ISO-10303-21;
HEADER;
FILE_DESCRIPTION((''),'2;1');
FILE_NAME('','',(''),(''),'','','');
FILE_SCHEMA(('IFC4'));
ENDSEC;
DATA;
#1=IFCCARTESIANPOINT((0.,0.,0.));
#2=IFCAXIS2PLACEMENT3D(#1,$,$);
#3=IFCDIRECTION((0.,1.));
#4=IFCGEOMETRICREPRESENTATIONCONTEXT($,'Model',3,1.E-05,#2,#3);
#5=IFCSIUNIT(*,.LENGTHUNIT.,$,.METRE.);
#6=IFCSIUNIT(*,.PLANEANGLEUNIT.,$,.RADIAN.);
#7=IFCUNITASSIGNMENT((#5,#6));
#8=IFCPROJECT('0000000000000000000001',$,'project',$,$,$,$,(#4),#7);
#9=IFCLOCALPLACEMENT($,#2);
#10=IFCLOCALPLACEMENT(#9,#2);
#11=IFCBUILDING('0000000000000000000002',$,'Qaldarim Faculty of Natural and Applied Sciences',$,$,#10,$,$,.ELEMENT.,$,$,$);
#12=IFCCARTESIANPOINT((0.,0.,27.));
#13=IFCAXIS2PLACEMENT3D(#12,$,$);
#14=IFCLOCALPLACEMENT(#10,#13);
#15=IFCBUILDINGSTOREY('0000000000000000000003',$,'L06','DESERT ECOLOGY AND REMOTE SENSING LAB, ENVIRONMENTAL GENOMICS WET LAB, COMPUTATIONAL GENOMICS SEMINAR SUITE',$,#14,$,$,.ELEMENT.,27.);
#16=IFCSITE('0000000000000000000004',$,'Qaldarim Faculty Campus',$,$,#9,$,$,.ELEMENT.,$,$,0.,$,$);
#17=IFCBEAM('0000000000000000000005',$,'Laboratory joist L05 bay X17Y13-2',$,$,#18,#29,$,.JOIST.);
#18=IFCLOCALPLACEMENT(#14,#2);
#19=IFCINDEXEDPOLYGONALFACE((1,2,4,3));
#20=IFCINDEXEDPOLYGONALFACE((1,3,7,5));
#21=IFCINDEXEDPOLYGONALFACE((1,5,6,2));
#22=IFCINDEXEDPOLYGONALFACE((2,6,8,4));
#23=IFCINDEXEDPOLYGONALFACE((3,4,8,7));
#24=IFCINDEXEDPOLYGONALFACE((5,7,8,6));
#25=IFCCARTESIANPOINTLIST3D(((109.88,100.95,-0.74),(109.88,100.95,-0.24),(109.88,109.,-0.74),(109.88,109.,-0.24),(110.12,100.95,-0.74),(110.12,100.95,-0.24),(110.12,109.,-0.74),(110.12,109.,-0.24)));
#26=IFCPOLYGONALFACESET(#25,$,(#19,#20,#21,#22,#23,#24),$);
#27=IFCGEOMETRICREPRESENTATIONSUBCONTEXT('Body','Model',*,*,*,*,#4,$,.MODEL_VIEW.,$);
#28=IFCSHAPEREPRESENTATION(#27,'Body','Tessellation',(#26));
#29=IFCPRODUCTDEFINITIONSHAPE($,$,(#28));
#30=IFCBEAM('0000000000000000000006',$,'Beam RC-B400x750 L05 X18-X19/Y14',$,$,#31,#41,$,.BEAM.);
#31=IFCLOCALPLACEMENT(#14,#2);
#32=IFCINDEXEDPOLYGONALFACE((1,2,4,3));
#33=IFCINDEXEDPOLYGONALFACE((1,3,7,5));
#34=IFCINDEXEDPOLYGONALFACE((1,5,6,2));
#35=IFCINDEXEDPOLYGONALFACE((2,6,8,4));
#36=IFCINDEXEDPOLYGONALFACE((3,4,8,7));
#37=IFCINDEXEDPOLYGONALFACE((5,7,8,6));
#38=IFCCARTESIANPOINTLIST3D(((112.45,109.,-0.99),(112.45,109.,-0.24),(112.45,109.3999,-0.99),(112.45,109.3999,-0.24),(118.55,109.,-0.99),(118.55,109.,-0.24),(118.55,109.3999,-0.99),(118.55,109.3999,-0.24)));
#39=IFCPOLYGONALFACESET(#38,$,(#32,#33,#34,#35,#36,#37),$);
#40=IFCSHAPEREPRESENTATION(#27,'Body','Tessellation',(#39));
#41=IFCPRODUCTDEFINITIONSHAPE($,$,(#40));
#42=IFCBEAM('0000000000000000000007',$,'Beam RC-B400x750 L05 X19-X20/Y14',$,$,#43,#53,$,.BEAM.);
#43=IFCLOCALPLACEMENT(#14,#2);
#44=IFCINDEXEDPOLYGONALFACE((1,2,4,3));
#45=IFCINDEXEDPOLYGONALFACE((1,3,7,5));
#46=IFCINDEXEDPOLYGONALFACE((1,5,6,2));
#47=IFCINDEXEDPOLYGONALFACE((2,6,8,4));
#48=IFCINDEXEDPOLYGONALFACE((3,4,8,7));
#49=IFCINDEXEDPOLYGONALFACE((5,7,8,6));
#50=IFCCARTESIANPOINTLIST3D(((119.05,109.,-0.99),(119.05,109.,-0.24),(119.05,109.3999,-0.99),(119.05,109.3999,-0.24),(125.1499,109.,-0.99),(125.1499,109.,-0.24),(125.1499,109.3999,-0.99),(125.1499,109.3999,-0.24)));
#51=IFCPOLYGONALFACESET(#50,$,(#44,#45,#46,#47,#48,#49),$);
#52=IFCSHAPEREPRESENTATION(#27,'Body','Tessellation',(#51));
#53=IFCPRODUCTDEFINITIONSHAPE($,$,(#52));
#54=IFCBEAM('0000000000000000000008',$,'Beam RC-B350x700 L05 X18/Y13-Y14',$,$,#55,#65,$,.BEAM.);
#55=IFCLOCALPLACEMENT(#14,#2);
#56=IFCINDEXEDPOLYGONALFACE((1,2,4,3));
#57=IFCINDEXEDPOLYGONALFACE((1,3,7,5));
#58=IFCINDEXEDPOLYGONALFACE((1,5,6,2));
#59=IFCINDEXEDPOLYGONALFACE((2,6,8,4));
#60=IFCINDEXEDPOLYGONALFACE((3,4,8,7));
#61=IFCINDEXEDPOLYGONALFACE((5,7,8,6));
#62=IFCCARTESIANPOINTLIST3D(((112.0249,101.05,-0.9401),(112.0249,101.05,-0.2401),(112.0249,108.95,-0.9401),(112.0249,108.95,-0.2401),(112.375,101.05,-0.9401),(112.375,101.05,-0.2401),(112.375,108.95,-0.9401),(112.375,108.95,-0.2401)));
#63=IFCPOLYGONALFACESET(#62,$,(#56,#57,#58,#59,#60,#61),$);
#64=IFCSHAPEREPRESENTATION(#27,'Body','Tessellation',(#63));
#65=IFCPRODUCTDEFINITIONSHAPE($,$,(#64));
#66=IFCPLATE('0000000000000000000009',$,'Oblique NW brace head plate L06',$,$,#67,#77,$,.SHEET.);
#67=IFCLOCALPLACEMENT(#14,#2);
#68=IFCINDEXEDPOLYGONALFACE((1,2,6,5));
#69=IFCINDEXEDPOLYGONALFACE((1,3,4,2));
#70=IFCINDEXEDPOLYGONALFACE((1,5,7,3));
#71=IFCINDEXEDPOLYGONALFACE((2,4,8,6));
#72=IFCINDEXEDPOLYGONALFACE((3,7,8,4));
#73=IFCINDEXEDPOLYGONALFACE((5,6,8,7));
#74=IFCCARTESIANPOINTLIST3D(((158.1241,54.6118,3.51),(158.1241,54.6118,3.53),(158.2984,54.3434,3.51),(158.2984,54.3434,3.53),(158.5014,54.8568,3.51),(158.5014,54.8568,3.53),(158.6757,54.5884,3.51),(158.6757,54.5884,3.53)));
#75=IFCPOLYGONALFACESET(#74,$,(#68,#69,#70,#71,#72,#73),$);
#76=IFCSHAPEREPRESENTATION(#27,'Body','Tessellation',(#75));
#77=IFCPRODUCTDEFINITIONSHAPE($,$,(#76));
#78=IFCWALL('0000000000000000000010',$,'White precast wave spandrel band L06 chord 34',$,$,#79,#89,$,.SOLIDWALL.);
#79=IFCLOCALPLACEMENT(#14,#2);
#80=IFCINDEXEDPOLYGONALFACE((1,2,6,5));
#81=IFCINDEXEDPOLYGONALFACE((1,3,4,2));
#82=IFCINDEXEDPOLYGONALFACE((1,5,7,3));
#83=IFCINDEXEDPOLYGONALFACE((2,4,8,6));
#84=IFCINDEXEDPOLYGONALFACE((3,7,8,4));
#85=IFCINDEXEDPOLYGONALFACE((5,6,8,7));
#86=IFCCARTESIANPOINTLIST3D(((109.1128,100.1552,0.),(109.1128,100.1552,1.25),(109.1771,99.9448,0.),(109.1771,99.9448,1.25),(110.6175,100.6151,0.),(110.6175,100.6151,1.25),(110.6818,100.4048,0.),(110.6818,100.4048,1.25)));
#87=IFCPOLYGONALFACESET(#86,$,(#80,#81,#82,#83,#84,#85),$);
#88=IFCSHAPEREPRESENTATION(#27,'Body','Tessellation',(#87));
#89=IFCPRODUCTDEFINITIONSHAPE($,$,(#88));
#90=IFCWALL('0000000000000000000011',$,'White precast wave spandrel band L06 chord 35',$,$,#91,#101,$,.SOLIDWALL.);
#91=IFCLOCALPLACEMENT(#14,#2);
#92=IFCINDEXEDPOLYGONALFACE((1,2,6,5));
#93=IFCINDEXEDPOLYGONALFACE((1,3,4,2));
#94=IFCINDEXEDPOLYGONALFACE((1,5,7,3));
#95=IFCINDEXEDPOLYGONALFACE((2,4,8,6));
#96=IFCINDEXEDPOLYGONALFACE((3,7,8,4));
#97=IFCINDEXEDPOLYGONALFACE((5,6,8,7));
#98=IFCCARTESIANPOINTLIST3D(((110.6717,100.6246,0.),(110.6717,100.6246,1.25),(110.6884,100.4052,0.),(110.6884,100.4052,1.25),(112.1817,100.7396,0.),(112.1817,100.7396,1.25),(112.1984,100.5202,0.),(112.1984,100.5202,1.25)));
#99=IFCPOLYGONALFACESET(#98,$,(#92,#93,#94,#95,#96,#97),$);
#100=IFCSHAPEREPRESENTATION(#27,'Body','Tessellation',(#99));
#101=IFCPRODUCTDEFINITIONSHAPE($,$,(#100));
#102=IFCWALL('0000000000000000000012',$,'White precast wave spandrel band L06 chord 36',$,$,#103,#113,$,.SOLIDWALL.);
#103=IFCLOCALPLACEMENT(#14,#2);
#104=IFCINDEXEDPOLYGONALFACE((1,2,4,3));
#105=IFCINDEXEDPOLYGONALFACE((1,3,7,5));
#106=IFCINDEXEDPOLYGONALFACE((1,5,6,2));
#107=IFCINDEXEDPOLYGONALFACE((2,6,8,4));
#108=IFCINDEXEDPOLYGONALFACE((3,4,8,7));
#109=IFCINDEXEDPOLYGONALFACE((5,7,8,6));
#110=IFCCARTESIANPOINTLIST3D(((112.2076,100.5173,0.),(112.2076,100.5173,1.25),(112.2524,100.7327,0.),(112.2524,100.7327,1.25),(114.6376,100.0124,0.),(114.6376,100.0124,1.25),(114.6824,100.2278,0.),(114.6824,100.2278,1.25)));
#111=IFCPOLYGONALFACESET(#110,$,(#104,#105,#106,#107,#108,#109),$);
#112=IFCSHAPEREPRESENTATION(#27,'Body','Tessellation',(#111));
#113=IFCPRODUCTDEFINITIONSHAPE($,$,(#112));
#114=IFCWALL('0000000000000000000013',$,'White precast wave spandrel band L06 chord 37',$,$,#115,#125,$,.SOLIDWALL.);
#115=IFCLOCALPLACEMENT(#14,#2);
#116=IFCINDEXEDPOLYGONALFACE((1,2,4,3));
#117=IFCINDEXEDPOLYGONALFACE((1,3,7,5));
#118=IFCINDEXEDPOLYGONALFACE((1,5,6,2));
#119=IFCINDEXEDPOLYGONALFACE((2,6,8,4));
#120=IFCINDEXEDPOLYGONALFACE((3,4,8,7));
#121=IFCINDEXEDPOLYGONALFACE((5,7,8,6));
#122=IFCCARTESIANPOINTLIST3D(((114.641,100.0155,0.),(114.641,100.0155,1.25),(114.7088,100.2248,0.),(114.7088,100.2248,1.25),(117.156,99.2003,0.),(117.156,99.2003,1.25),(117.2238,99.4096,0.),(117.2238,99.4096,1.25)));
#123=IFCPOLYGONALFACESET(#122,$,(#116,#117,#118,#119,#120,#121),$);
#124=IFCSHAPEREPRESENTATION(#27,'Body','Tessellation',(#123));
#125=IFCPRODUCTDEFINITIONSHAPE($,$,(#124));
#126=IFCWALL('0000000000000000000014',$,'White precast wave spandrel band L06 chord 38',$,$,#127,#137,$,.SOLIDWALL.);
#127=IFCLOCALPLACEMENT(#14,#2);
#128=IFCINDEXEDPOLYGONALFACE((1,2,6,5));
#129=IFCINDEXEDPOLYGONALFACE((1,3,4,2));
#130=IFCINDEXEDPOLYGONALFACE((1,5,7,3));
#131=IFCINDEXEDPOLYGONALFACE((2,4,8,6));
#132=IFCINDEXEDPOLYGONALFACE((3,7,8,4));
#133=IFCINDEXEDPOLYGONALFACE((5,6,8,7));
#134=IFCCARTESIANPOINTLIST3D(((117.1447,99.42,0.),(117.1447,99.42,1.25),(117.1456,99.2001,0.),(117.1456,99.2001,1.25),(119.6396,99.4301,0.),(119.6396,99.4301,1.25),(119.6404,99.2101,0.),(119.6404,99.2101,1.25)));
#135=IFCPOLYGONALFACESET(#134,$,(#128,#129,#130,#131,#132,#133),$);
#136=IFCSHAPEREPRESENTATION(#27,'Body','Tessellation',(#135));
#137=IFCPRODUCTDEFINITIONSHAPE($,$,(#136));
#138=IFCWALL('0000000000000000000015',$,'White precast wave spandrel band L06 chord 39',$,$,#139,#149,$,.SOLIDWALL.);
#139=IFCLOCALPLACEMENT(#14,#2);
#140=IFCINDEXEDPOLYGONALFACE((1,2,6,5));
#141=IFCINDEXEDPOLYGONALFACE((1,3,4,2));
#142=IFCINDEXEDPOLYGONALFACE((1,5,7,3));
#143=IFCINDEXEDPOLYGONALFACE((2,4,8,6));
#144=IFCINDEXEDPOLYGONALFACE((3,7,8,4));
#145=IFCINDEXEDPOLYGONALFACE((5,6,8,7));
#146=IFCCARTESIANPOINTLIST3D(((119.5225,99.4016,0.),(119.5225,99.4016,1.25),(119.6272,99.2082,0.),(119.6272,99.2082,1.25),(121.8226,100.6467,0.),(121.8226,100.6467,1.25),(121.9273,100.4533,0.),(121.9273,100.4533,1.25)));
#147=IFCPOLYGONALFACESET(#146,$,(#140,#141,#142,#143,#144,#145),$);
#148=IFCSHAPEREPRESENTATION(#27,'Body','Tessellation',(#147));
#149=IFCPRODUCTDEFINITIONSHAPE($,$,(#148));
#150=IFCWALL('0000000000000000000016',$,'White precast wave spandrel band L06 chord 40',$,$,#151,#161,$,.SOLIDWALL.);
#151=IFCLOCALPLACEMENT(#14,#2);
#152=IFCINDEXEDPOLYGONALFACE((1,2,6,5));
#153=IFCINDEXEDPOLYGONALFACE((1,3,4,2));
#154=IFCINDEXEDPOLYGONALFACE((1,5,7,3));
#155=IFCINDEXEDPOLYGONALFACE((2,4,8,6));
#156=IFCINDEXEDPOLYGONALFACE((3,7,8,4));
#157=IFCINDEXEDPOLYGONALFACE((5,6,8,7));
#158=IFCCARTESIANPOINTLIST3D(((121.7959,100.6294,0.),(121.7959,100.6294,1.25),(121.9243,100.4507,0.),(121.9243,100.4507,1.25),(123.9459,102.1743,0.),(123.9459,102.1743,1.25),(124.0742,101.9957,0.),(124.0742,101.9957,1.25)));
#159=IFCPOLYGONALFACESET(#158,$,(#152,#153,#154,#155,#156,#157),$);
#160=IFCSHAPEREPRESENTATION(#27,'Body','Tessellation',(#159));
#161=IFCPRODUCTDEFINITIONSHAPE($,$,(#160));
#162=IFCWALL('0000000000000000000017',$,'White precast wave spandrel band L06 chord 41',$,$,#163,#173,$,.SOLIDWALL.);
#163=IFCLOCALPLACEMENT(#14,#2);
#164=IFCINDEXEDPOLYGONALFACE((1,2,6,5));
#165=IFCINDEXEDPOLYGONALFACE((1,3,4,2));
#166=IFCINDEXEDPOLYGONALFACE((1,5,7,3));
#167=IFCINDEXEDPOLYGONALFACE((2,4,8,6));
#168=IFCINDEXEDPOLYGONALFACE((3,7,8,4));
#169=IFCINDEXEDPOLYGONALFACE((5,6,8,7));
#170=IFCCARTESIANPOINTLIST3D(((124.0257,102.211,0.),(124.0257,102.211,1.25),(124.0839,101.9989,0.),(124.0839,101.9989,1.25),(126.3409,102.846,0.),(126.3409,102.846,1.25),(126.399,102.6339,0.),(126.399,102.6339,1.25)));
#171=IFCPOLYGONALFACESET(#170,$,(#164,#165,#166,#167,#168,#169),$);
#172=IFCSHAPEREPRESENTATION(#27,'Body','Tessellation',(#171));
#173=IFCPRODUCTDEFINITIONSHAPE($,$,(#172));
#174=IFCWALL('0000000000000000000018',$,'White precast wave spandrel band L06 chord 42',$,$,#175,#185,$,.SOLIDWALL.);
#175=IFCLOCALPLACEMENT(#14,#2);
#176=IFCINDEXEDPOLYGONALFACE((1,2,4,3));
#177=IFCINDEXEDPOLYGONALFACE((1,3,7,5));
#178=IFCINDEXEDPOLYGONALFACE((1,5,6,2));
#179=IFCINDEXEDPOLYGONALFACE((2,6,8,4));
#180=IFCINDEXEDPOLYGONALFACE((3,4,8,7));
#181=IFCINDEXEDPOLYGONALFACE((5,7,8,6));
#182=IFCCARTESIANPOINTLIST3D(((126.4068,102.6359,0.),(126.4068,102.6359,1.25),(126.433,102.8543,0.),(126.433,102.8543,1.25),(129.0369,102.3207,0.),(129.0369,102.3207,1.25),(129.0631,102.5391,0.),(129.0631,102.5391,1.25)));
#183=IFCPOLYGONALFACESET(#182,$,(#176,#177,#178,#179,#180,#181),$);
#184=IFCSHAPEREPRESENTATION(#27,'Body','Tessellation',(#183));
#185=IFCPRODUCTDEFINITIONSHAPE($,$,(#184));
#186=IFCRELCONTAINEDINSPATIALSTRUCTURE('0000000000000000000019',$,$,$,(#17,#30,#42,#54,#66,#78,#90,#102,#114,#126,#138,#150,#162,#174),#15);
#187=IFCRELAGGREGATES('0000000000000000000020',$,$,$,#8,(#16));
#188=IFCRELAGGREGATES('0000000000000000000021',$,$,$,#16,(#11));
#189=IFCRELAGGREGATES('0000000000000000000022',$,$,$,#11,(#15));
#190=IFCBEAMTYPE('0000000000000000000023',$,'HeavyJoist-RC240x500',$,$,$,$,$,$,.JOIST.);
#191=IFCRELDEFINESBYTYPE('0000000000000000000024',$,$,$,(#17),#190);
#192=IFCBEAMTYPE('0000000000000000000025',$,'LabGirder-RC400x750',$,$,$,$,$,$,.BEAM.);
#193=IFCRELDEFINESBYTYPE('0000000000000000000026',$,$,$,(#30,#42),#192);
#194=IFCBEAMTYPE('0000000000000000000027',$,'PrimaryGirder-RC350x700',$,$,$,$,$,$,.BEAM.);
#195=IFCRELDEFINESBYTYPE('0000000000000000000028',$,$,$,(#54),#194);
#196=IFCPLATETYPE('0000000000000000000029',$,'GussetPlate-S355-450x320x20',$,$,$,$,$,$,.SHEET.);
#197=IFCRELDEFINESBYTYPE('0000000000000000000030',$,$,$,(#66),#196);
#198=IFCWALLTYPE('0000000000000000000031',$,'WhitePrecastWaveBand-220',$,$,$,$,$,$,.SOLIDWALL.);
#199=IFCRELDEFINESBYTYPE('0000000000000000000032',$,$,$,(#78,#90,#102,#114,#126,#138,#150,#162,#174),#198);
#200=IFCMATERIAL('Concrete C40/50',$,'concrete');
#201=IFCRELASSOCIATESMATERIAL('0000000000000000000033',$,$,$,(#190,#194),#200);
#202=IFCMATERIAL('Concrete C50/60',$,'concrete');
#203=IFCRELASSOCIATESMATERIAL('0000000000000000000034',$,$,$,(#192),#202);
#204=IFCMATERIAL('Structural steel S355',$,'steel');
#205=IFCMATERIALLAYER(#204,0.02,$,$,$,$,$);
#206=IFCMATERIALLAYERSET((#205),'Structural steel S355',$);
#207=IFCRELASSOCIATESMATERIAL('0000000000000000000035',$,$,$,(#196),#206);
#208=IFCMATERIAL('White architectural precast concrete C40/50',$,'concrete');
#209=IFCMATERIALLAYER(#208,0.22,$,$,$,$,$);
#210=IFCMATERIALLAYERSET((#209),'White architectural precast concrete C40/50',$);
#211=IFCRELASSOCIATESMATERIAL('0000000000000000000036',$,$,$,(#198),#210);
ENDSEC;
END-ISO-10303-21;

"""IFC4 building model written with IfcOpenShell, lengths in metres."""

from ifc_helpers import new_model, si_unit, direction, frame, frame_2d, origin, origin_2d, place, context, subcontext, project, spatial, rectangle, extrude, material, layer, layer_set, material_profile, profile_set, type_object, element, save


model = new_model("IFC4")

# Units and contexts
model_context = context("Model", 3, precision=1e-05, world=origin(), true_north=direction((0.0, 1.0)))
body_context = subcontext(model_context, "Body", "Model", "MODEL_VIEW")
ifc_project = project(units=[si_unit("LENGTHUNIT", "METRE"), si_unit("PLANEANGLEUNIT", "RADIAN")], contexts=[model_context])

# Site, building, storey
site_placement = place(None, origin())
site = spatial("IfcSite", under=ifc_project, at=site_placement, Name="Qaldarim Faculty Campus", CompositionType="ELEMENT", RefElevation=0.0)
building_placement = place(site_placement, origin())
building = spatial("IfcBuilding", under=site, at=building_placement, Name="Qaldarim Faculty of Natural and Applied Sciences", CompositionType="ELEMENT")
storey_placement = place(building_placement, frame((0.0, 0.0, 27.0)))
storey = spatial("IfcBuildingStorey", under=building, at=storey_placement, Name="L06", Description="DESERT ECOLOGY AND REMOTE SENSING LAB, ENVIRONMENTAL GENOMICS WET LAB, COMPUTATIONAL GENOMICS SEMINAR SUITE", CompositionType="ELEMENT", Elevation=27.0)

# Beams
ifc_material_1 = material(Name="Concrete C40/50", Category="concrete")
ifc_material_profile_1 = material_profile(ifc_material_1, rectangle(XDim=0.24, YDim=0.5, at=origin_2d()), Name="RC-J240x500")
ifc_profile_set_1 = profile_set([ifc_material_profile_1], Name="Concrete C40/50")
beam_type_1 = type_object("IfcBeamType", Name="HeavyJoist-RC240x500", PredefinedType="JOIST", material=ifc_profile_set_1)
beam_1_placement = place(storey_placement, frame((110.0, 100.95, -0.49), z_axis=(0.0, 1.0, 0.0), x_axis=(-1.0, 0.0, 0.0)))
element("IfcBeam", 1, at=beam_1_placement, inside=storey, type_object=beam_type_1, Name="Laboratory joist L05 bay X17Y13-2", PredefinedType="JOIST", context=body_context, shape_type="SweptSolid", body=[
    extrude(rectangle(XDim=0.24, YDim=0.5, at=origin_2d()), origin(), (0.0, 0.0, 1.0), 8.05),
])
ifc_material_2 = material(Name="Concrete C50/60", Category="concrete")
ifc_material_profile_2 = material_profile(ifc_material_2, rectangle(XDim=0.3999, YDim=0.75, at=origin_2d()), Name="RC-B400x750")
ifc_profile_set_2 = profile_set([ifc_material_profile_2], Name="Concrete C50/60")
beam_type_2 = type_object("IfcBeamType", Name="LabGirder-RC400x750", PredefinedType="BEAM", material=ifc_profile_set_2)
beam_2_placement = place(storey_placement, frame((112.45, 109.2, -0.615), z_axis=(1.0, 0.0, 0.0), x_axis=(0.0, 1.0, 0.0)))
element("IfcBeam", 2, at=beam_2_placement, inside=storey, type_object=beam_type_2, Name="Beam RC-B400x750 L05 X18-X19/Y14", PredefinedType="BEAM", context=body_context, shape_type="SweptSolid", body=[
    extrude(rectangle(XDim=0.3999, YDim=0.75, at=origin_2d()), origin(), (0.0, 0.0, 1.0), 6.1001),
])
beam_3_placement = place(storey_placement, frame((119.05, 109.2, -0.615), z_axis=(1.0, 0.0, 0.0), x_axis=(0.0, 1.0, 0.0)))
element("IfcBeam", 3, at=beam_3_placement, inside=storey, type_object=beam_type_2, Name="Beam RC-B400x750 L05 X19-X20/Y14", PredefinedType="BEAM", context=body_context, shape_type="SweptSolid", body=[
    extrude(rectangle(XDim=0.3999, YDim=0.75, at=origin_2d()), origin(), (0.0, 0.0, 1.0), 6.0999),
])
ifc_material_profile_3 = material_profile(ifc_material_1, rectangle(XDim=0.3501, YDim=0.7, at=origin_2d()), Name="RC-B350x700")
ifc_profile_set_3 = profile_set([ifc_material_profile_3], Name="Concrete C40/50")
beam_type_3 = type_object("IfcBeamType", Name="PrimaryGirder-RC350x700", PredefinedType="BEAM", material=ifc_profile_set_3)
beam_4_placement = place(storey_placement, frame((112.2, 101.05, -0.5901), z_axis=(0.0, 1.0, 0.0), x_axis=(-1.0, 0.0, 0.0)))
element("IfcBeam", 4, at=beam_4_placement, inside=storey, type_object=beam_type_3, Name="Beam RC-B350x700 L05 X18/Y13-Y14", PredefinedType="BEAM", context=body_context, shape_type="SweptSolid", body=[
    extrude(rectangle(XDim=0.3501, YDim=0.7, at=origin_2d()), origin(), (0.0, 0.0, 1.0), 7.8999),
])

# Plate
ifc_material_3 = material(Name="Structural steel S355", Category="steel")
ifc_layer_1 = layer(ifc_material_3, 0.02)
ifc_layer_set_1 = layer_set([ifc_layer_1], Name="Structural steel S355")
plate_type = type_object("IfcPlateType", Name="GussetPlate-S355-450x320x20", PredefinedType="SHEET", material=ifc_layer_set_1)
plate_placement = place(storey_placement, frame((158.3999, 54.6001, 3.51), z_axis=(0.0, 0.0, 1.0), x_axis=(0.838671, 0.544639, 0.0)))
element("IfcPlate", 5, at=plate_placement, inside=storey, type_object=plate_type, Name="Oblique NW brace head plate L06", PredefinedType="SHEET", context=body_context, shape_type="SweptSolid", body=[
    extrude(rectangle(XDim=0.45, YDim=0.3201, at=origin_2d()), origin(), (0.0, 0.0, 1.0), 0.02),
])

# Walls
ifc_material_4 = material(Name="White architectural precast concrete C40/50", Category="concrete")
ifc_layer_2 = layer(ifc_material_4, 0.22)
ifc_layer_set_2 = layer_set([ifc_layer_2], Name="White architectural precast concrete C40/50")
wall_type = type_object("IfcWallType", Name="WhitePrecastWaveBand-220", PredefinedType="SOLIDWALL", material=ifc_layer_set_2)
wall_1_placement = place(storey_placement, frame((109.145, 100.05, 0.0), z_axis=(0.0, 0.0, 1.0), x_axis=(0.956327, 0.292297, 0.0)))
element("IfcWall", 6, at=wall_1_placement, inside=storey, type_object=wall_type, Name="White precast wave spandrel band L06 chord 34", PredefinedType="SOLIDWALL", context=body_context, shape_type="SweptSolid", body=[
    extrude(rectangle(XDim=1.5735, YDim=0.22, at=frame_2d((0.7866, 0.0))), origin(), (0.0, 0.0, 1.0), 1.25),
])
wall_2_placement = place(storey_placement, frame((110.6799, 100.5149, 0.0), z_axis=(0.0, 0.0, 1.0), x_axis=(0.997113, 0.075932, 0.0)))
element("IfcWall", 7, at=wall_2_placement, inside=storey, type_object=wall_type, Name="White precast wave spandrel band L06 chord 35", PredefinedType="SOLIDWALL", context=body_context, shape_type="SweptSolid", body=[
    extrude(rectangle(XDim=1.5144, YDim=0.22, at=frame_2d((0.7573, 0.0))), origin(), (0.0, 0.0, 1.0), 1.25),
])
wall_3_placement = place(storey_placement, frame((112.23, 100.625, 0.0), z_axis=(0.0, 0.0, 1.0), x_axis=(0.979089, -0.203432, 0.0)))
element("IfcWall", 8, at=wall_3_placement, inside=storey, type_object=wall_type, Name="White precast wave spandrel band L06 chord 36", PredefinedType="SOLIDWALL", context=body_context, shape_type="SweptSolid", body=[
    extrude(rectangle(XDim=2.4819, YDim=0.22, at=frame_2d((1.241, 0.0))), origin(), (0.0, 0.0, 1.0), 1.25),
])
wall_4_placement = place(storey_placement, frame((114.675, 100.1201, 0.0), z_axis=(0.0, 0.0, 1.0), x_axis=(0.951273, -0.308349, 0.0)))
element("IfcWall", 9, at=wall_4_placement, inside=storey, type_object=wall_type, Name="White precast wave spandrel band L06 chord 37", PredefinedType="SOLIDWALL", context=body_context, shape_type="SweptSolid", body=[
    extrude(rectangle(XDim=2.6438, YDim=0.22, at=frame_2d((1.3218, 0.0))), origin(), (0.0, 0.0, 1.0), 1.25),
])
wall_5_placement = place(storey_placement, frame((117.145, 99.3101, 0.0), z_axis=(0.0, 0.0, 1.0), x_axis=(0.999992, 0.004012, 0.0)))
element("IfcWall", 10, at=wall_5_placement, inside=storey, type_object=wall_type, Name="White precast wave spandrel band L06 chord 38", PredefinedType="SOLIDWALL", context=body_context, shape_type="SweptSolid", body=[
    extrude(rectangle(XDim=2.4949, YDim=0.22, at=frame_2d((1.2476, 0.0))), origin(), (0.0, 0.0, 1.0), 1.25),
])
wall_6_placement = place(storey_placement, frame((119.575, 99.3049, 0.0), z_axis=(0.0, 0.0, 1.0), x_axis=(0.879411, 0.476064, 0.0)))
element("IfcWall", 11, at=wall_6_placement, inside=storey, type_object=wall_type, Name="White precast wave spandrel band L06 chord 39", PredefinedType="SOLIDWALL", context=body_context, shape_type="SweptSolid", body=[
    extrude(rectangle(XDim=2.6155, YDim=0.22, at=frame_2d((1.3076, 0.0))), origin(), (0.0, 0.0, 1.0), 1.25),
])
wall_7_placement = place(storey_placement, frame((121.8601, 100.54, 0.0), z_axis=(0.0, 0.0, 1.0), x_axis=(0.812073, 0.583556, 0.0)))
element("IfcWall", 12, at=wall_7_placement, inside=storey, type_object=wall_type, Name="White precast wave spandrel band L06 chord 40", PredefinedType="SOLIDWALL", context=body_context, shape_type="SweptSolid", body=[
    extrude(rectangle(XDim=2.6475, YDim=0.22, at=frame_2d((1.3237, 0.0))), origin(), (0.0, 0.0, 1.0), 1.25),
])
wall_8_placement = place(storey_placement, frame((124.0549, 102.105, 0.0), z_axis=(0.0, 0.0, 1.0), x_axis=(0.964383, 0.264511, 0.0)))
element("IfcWall", 13, at=wall_8_placement, inside=storey, type_object=wall_type, Name="White precast wave spandrel band L06 chord 41", PredefinedType="SOLIDWALL", context=body_context, shape_type="SweptSolid", body=[
    extrude(rectangle(XDim=2.4006, YDim=0.22, at=frame_2d((1.2002, 0.0))), origin(), (0.0, 0.0, 1.0), 1.25),
])
wall_9_placement = place(storey_placement, frame((126.4199, 102.7451, 0.0), z_axis=(0.0, 0.0, 1.0), x_axis=(0.992896, -0.118985, 0.0)))
element("IfcWall", 14, at=wall_9_placement, inside=storey, type_object=wall_type, Name="White precast wave spandrel band L06 chord 42", PredefinedType="SOLIDWALL", context=body_context, shape_type="SweptSolid", body=[
    extrude(rectangle(XDim=2.6489, YDim=0.22, at=frame_2d((1.3245, 0.0))), origin(), (0.0, 0.0, 1.0), 1.25),
])

save(model, "model.ifc")
